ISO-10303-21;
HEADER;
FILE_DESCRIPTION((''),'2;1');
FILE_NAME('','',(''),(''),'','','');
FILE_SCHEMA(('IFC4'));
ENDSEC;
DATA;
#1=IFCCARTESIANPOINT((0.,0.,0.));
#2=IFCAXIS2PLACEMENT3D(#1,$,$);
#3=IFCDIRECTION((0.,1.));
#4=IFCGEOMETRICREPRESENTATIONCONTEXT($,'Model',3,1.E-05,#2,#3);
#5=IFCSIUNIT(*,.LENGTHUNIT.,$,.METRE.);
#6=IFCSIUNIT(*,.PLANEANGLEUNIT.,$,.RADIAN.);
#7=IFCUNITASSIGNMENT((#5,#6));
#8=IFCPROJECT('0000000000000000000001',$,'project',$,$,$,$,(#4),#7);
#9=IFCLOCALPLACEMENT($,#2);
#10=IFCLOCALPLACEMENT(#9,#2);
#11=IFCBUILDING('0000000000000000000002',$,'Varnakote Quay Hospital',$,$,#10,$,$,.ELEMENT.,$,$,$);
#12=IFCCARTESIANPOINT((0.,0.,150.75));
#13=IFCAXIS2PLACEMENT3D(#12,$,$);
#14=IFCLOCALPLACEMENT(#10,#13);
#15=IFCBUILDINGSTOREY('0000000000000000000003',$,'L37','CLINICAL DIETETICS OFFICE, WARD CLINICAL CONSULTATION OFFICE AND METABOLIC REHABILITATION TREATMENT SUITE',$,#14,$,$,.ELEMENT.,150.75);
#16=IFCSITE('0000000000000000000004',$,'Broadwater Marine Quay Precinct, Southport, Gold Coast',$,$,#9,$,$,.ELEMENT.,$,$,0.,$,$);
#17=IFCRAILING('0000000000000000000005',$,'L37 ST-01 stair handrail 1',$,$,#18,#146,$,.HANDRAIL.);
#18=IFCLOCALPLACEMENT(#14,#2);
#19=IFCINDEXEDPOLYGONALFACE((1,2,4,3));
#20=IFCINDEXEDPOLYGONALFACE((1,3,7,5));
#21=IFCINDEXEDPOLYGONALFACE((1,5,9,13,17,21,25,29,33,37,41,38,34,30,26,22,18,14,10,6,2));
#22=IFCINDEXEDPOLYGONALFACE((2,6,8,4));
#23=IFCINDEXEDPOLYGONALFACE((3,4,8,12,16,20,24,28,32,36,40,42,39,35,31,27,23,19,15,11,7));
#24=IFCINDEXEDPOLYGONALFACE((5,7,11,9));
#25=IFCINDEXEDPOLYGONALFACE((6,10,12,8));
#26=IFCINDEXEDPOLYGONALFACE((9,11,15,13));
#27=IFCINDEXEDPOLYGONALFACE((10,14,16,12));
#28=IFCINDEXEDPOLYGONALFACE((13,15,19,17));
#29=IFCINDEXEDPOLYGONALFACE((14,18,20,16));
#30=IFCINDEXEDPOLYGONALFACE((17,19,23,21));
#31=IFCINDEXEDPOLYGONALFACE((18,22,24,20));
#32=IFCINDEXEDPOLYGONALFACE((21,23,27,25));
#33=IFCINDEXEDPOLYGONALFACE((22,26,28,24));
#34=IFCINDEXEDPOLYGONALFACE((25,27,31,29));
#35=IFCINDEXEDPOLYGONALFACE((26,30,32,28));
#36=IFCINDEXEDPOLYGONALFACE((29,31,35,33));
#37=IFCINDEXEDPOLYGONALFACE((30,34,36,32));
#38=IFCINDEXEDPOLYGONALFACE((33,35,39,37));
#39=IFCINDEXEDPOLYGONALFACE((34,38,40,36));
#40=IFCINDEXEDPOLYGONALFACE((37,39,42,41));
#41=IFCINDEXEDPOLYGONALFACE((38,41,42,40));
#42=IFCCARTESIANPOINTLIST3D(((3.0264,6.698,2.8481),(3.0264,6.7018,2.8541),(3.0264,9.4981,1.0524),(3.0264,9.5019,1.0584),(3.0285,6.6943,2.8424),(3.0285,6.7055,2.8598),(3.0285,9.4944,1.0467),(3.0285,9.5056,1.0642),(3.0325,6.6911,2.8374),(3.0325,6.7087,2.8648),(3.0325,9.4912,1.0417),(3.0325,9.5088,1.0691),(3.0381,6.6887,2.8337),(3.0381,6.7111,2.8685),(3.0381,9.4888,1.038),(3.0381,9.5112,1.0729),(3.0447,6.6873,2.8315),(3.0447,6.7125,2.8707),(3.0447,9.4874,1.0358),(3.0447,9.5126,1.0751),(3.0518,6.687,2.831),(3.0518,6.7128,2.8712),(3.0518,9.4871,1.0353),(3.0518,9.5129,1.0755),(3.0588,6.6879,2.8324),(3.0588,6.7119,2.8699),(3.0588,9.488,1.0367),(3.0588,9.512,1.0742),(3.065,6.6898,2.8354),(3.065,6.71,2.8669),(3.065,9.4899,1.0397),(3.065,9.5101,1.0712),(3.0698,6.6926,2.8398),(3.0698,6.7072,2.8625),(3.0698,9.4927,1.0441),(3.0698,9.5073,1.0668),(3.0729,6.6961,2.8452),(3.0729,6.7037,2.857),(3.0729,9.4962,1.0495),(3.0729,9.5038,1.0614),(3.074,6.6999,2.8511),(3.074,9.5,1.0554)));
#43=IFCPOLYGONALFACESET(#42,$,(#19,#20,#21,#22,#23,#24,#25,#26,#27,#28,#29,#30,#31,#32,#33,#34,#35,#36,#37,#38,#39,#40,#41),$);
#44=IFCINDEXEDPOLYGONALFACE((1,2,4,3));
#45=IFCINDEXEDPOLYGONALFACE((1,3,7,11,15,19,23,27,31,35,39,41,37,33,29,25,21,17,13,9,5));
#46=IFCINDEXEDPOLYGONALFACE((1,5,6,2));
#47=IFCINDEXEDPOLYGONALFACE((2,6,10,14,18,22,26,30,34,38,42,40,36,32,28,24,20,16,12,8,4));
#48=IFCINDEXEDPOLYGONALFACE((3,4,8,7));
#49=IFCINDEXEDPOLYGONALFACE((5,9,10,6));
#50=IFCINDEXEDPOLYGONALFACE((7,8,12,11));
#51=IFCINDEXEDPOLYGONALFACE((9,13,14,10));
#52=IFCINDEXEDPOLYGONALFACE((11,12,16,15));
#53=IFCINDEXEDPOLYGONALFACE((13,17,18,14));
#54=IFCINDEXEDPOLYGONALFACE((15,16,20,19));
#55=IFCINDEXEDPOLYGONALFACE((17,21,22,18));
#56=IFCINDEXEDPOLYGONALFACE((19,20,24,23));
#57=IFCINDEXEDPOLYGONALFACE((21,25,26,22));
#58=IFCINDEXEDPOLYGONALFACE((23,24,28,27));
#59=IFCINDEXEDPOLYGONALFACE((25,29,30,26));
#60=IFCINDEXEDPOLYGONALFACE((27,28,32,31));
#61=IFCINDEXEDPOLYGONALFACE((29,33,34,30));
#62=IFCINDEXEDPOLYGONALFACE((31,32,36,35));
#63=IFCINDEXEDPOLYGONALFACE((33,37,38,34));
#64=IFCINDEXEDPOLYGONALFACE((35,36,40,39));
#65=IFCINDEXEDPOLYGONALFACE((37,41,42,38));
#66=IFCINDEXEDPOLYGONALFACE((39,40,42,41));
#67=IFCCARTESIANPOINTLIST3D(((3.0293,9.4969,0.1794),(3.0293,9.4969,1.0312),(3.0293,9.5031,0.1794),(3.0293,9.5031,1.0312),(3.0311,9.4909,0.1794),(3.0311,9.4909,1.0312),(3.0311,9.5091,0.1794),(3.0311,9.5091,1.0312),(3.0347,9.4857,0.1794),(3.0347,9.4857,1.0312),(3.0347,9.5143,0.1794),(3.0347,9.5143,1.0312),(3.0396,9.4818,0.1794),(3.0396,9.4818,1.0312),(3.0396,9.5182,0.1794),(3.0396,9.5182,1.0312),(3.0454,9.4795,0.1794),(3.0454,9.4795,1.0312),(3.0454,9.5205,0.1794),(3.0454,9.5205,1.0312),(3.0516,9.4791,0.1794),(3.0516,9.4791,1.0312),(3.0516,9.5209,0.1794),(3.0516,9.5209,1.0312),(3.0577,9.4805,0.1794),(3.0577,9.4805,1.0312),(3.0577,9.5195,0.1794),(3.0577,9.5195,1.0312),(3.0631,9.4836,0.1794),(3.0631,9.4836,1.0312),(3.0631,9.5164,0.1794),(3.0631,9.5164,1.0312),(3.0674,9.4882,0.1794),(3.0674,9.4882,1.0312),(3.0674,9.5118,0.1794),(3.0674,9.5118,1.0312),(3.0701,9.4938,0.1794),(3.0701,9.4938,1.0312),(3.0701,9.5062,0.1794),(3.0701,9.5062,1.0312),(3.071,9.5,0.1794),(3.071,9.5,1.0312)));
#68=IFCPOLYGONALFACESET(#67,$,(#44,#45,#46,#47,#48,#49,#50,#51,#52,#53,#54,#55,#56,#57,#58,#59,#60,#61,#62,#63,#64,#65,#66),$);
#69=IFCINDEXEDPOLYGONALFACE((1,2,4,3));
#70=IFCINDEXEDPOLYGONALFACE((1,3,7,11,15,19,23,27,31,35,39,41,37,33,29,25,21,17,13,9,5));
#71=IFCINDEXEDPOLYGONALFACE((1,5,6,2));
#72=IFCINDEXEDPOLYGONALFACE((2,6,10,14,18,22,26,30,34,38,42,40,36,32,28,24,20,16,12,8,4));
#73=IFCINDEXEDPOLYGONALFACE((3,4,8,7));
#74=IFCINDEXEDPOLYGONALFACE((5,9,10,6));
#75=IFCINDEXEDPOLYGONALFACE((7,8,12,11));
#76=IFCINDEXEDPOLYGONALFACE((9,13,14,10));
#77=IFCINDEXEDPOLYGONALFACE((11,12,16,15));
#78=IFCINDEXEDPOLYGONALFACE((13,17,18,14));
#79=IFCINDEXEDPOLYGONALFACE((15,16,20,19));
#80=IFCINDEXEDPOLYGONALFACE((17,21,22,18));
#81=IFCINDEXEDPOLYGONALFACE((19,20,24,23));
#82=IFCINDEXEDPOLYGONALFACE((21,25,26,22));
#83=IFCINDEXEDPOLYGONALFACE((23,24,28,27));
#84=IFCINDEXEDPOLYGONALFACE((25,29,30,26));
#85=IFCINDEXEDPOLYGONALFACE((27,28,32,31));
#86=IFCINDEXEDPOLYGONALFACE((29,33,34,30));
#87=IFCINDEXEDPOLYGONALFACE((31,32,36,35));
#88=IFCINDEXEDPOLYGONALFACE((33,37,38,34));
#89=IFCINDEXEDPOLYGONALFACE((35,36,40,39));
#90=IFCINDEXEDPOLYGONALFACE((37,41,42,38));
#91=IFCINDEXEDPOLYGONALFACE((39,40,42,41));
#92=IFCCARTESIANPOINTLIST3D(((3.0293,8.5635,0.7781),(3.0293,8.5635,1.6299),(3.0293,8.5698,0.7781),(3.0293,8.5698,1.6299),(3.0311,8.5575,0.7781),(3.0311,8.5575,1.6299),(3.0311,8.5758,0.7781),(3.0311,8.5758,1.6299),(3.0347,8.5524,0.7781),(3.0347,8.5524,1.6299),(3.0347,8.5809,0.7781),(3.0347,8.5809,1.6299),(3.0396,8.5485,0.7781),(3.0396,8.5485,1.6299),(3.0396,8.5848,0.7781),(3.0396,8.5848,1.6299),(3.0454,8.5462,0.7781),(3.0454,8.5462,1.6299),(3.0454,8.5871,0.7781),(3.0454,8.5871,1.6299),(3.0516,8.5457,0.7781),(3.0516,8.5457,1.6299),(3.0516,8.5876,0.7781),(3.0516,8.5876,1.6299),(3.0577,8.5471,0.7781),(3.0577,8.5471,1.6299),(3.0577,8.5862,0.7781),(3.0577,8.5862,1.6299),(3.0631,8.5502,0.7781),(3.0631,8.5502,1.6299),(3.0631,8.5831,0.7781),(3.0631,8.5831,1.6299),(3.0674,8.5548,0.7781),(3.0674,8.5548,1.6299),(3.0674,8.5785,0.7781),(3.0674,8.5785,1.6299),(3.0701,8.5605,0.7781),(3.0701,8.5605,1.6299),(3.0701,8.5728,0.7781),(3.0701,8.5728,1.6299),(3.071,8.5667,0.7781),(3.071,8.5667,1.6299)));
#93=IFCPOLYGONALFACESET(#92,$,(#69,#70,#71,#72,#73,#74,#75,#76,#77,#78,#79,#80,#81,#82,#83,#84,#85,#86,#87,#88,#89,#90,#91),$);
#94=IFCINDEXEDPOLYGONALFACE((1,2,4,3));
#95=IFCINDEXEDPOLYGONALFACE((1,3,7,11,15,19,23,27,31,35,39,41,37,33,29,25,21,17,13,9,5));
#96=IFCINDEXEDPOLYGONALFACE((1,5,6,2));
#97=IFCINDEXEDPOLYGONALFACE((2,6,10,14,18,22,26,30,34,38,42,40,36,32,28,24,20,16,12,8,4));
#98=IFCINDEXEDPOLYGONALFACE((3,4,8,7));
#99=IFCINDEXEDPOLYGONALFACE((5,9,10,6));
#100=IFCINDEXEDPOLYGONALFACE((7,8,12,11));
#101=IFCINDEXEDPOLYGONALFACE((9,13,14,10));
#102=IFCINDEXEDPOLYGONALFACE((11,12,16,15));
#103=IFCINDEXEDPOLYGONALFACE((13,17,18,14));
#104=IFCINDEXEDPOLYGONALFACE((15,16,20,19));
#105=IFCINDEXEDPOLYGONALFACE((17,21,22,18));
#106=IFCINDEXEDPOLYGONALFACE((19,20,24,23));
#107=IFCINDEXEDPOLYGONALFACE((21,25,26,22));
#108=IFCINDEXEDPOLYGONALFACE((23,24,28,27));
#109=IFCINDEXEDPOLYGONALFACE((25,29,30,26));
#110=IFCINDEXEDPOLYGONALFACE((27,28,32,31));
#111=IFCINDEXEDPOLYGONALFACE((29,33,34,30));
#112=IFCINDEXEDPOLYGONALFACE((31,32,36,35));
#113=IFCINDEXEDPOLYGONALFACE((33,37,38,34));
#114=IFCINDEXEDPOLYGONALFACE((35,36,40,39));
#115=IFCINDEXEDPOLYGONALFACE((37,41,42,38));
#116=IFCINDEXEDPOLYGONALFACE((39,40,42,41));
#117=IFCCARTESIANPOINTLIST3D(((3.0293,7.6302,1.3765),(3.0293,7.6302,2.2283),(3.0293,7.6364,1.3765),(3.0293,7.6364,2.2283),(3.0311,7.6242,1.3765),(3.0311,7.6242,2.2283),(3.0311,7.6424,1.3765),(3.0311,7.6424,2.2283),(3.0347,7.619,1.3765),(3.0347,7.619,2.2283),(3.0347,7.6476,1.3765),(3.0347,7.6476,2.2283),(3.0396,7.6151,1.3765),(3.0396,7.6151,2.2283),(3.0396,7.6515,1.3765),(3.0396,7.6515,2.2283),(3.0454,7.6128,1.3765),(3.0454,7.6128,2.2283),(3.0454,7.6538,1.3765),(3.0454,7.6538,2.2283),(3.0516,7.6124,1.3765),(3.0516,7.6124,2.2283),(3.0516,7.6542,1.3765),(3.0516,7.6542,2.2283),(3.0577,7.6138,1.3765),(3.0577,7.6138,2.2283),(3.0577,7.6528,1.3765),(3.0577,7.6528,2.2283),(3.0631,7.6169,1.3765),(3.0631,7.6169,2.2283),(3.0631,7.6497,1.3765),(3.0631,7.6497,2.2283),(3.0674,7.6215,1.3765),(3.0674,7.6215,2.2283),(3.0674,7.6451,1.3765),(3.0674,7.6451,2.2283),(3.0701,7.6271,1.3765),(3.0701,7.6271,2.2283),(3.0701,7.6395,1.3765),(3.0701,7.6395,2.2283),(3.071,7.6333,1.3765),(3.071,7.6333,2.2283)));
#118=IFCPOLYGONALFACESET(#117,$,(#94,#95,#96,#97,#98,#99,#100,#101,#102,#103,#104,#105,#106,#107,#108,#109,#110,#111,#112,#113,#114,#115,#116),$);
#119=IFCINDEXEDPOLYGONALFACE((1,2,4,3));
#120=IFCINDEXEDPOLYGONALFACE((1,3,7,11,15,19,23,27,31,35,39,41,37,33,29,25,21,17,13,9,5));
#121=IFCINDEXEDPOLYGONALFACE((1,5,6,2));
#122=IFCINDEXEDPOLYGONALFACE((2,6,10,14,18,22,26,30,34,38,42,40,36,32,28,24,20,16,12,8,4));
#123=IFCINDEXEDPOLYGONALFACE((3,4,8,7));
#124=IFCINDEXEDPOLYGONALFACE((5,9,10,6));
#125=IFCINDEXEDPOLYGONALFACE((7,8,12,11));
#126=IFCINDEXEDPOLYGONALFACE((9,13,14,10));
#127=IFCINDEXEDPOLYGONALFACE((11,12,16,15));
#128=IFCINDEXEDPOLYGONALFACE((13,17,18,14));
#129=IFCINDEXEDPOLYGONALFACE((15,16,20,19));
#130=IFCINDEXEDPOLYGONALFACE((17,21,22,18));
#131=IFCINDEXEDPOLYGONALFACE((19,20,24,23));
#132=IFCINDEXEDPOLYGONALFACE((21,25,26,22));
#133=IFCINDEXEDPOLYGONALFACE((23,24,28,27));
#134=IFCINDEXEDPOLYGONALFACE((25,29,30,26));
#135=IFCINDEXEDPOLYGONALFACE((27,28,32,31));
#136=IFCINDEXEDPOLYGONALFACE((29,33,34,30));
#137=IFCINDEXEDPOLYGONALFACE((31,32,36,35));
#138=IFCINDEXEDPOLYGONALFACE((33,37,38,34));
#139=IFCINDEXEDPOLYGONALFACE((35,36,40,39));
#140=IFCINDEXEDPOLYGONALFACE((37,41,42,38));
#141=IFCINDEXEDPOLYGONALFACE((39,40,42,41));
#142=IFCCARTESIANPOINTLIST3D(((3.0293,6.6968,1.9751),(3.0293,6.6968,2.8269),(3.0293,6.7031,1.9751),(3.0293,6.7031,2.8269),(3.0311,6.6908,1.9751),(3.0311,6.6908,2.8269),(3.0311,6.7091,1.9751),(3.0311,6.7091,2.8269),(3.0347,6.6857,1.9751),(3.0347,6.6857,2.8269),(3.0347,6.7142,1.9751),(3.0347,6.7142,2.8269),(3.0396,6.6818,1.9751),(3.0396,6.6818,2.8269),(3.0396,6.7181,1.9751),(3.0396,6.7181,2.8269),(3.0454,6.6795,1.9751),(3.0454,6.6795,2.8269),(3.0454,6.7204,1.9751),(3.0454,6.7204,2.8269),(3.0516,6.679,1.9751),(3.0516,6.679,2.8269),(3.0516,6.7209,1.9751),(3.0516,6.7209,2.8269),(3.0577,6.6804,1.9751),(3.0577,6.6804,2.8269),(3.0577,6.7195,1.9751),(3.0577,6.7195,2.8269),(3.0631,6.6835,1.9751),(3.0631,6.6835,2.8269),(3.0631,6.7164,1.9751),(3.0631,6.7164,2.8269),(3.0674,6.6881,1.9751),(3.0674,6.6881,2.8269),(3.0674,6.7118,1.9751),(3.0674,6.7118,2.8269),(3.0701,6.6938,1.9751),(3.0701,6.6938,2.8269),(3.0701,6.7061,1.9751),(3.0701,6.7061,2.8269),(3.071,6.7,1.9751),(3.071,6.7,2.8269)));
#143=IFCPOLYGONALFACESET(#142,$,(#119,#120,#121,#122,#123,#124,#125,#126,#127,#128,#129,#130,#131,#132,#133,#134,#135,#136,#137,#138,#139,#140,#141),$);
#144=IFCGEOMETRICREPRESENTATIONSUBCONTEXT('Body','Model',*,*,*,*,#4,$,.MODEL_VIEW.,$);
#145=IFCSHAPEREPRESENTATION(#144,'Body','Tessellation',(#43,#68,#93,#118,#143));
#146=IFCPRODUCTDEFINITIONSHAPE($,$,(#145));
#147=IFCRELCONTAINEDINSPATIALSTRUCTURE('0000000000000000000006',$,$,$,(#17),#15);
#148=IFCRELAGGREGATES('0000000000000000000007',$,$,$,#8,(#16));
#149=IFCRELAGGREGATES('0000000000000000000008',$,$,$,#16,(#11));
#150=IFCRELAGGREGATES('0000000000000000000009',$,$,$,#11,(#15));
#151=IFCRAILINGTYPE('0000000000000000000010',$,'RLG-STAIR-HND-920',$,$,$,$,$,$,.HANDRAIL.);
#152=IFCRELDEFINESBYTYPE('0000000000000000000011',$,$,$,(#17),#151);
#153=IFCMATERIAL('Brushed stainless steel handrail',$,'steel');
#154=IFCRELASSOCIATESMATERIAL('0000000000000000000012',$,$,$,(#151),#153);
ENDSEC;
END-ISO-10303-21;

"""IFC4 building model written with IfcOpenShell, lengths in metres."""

from ifc_helpers import new_model, si_unit, direction, frame, origin, origin_2d, place, context, subcontext, project, spatial, circle, extrude, material, type_object, element, save


model = new_model("IFC4")

# Units and contexts
model_context = context("Model", 3, precision=1e-05, world=origin(), true_north=direction((0.0, 1.0)))
body_context = subcontext(model_context, "Body", "Model", "MODEL_VIEW")
ifc_project = project(units=[si_unit("LENGTHUNIT", "METRE"), si_unit("PLANEANGLEUNIT", "RADIAN")], contexts=[model_context])

# Site, building, storey
site_placement = place(None, origin())
site = spatial("IfcSite", under=ifc_project, at=site_placement, Name="Broadwater Marine Quay Precinct, Southport, Gold Coast", CompositionType="ELEMENT", RefElevation=0.0)
building_placement = place(site_placement, origin())
building = spatial("IfcBuilding", under=site, at=building_placement, Name="Varnakote Quay Hospital", CompositionType="ELEMENT")
storey_placement = place(building_placement, frame((0.0, 0.0, 150.75)))
storey = spatial("IfcBuildingStorey", under=building, at=storey_placement, Name="L37", Description="CLINICAL DIETETICS OFFICE, WARD CLINICAL CONSULTATION OFFICE AND METABOLIC REHABILITATION TREATMENT SUITE", CompositionType="ELEMENT", Elevation=150.75)

# Railing
ifc_material_1 = material(Name="Brushed stainless steel handrail", Category="steel")
railing_type_1 = type_object("IfcRailingType", Name="RLG-STAIR-HND-920", PredefinedType="HANDRAIL", material=ifc_material_1)
railing_1_placement = place(storey_placement, frame((3.05, 9.5, 0.1794)))
element("IfcRailing", 1, at=railing_1_placement, inside=storey, type_object=railing_type_1, Name="L37 ST-01 stair handrail 1", PredefinedType="HANDRAIL", context=body_context, shape_type="SweptSolid", body=[
    extrude(circle(Radius=0.0239, at=origin_2d()), frame((0.0, 0.0, 0.876), z_axis=(0.0, -0.841777, 0.539826), x_axis=(1.0, 0.0, 0.0)), (0.0, 0.0, 1.0), 3.3264),
    extrude(circle(Radius=0.021, at=origin_2d()), origin(), (0.0, 0.0, 1.0), 0.8518),
    extrude(circle(Radius=0.021, at=origin_2d()), frame((0.0, -0.9333, 0.5986)), (0.0, 0.0, 1.0), 0.8518),
    extrude(circle(Radius=0.021, at=origin_2d()), frame((0.0, -1.8667, 1.197)), (0.0, 0.0, 1.0), 0.8518),
    extrude(circle(Radius=0.021, at=origin_2d()), frame((0.0, -2.8, 1.7957)), (0.0, 0.0, 1.0), 0.8518),
])

save(model, "model.ifc")
